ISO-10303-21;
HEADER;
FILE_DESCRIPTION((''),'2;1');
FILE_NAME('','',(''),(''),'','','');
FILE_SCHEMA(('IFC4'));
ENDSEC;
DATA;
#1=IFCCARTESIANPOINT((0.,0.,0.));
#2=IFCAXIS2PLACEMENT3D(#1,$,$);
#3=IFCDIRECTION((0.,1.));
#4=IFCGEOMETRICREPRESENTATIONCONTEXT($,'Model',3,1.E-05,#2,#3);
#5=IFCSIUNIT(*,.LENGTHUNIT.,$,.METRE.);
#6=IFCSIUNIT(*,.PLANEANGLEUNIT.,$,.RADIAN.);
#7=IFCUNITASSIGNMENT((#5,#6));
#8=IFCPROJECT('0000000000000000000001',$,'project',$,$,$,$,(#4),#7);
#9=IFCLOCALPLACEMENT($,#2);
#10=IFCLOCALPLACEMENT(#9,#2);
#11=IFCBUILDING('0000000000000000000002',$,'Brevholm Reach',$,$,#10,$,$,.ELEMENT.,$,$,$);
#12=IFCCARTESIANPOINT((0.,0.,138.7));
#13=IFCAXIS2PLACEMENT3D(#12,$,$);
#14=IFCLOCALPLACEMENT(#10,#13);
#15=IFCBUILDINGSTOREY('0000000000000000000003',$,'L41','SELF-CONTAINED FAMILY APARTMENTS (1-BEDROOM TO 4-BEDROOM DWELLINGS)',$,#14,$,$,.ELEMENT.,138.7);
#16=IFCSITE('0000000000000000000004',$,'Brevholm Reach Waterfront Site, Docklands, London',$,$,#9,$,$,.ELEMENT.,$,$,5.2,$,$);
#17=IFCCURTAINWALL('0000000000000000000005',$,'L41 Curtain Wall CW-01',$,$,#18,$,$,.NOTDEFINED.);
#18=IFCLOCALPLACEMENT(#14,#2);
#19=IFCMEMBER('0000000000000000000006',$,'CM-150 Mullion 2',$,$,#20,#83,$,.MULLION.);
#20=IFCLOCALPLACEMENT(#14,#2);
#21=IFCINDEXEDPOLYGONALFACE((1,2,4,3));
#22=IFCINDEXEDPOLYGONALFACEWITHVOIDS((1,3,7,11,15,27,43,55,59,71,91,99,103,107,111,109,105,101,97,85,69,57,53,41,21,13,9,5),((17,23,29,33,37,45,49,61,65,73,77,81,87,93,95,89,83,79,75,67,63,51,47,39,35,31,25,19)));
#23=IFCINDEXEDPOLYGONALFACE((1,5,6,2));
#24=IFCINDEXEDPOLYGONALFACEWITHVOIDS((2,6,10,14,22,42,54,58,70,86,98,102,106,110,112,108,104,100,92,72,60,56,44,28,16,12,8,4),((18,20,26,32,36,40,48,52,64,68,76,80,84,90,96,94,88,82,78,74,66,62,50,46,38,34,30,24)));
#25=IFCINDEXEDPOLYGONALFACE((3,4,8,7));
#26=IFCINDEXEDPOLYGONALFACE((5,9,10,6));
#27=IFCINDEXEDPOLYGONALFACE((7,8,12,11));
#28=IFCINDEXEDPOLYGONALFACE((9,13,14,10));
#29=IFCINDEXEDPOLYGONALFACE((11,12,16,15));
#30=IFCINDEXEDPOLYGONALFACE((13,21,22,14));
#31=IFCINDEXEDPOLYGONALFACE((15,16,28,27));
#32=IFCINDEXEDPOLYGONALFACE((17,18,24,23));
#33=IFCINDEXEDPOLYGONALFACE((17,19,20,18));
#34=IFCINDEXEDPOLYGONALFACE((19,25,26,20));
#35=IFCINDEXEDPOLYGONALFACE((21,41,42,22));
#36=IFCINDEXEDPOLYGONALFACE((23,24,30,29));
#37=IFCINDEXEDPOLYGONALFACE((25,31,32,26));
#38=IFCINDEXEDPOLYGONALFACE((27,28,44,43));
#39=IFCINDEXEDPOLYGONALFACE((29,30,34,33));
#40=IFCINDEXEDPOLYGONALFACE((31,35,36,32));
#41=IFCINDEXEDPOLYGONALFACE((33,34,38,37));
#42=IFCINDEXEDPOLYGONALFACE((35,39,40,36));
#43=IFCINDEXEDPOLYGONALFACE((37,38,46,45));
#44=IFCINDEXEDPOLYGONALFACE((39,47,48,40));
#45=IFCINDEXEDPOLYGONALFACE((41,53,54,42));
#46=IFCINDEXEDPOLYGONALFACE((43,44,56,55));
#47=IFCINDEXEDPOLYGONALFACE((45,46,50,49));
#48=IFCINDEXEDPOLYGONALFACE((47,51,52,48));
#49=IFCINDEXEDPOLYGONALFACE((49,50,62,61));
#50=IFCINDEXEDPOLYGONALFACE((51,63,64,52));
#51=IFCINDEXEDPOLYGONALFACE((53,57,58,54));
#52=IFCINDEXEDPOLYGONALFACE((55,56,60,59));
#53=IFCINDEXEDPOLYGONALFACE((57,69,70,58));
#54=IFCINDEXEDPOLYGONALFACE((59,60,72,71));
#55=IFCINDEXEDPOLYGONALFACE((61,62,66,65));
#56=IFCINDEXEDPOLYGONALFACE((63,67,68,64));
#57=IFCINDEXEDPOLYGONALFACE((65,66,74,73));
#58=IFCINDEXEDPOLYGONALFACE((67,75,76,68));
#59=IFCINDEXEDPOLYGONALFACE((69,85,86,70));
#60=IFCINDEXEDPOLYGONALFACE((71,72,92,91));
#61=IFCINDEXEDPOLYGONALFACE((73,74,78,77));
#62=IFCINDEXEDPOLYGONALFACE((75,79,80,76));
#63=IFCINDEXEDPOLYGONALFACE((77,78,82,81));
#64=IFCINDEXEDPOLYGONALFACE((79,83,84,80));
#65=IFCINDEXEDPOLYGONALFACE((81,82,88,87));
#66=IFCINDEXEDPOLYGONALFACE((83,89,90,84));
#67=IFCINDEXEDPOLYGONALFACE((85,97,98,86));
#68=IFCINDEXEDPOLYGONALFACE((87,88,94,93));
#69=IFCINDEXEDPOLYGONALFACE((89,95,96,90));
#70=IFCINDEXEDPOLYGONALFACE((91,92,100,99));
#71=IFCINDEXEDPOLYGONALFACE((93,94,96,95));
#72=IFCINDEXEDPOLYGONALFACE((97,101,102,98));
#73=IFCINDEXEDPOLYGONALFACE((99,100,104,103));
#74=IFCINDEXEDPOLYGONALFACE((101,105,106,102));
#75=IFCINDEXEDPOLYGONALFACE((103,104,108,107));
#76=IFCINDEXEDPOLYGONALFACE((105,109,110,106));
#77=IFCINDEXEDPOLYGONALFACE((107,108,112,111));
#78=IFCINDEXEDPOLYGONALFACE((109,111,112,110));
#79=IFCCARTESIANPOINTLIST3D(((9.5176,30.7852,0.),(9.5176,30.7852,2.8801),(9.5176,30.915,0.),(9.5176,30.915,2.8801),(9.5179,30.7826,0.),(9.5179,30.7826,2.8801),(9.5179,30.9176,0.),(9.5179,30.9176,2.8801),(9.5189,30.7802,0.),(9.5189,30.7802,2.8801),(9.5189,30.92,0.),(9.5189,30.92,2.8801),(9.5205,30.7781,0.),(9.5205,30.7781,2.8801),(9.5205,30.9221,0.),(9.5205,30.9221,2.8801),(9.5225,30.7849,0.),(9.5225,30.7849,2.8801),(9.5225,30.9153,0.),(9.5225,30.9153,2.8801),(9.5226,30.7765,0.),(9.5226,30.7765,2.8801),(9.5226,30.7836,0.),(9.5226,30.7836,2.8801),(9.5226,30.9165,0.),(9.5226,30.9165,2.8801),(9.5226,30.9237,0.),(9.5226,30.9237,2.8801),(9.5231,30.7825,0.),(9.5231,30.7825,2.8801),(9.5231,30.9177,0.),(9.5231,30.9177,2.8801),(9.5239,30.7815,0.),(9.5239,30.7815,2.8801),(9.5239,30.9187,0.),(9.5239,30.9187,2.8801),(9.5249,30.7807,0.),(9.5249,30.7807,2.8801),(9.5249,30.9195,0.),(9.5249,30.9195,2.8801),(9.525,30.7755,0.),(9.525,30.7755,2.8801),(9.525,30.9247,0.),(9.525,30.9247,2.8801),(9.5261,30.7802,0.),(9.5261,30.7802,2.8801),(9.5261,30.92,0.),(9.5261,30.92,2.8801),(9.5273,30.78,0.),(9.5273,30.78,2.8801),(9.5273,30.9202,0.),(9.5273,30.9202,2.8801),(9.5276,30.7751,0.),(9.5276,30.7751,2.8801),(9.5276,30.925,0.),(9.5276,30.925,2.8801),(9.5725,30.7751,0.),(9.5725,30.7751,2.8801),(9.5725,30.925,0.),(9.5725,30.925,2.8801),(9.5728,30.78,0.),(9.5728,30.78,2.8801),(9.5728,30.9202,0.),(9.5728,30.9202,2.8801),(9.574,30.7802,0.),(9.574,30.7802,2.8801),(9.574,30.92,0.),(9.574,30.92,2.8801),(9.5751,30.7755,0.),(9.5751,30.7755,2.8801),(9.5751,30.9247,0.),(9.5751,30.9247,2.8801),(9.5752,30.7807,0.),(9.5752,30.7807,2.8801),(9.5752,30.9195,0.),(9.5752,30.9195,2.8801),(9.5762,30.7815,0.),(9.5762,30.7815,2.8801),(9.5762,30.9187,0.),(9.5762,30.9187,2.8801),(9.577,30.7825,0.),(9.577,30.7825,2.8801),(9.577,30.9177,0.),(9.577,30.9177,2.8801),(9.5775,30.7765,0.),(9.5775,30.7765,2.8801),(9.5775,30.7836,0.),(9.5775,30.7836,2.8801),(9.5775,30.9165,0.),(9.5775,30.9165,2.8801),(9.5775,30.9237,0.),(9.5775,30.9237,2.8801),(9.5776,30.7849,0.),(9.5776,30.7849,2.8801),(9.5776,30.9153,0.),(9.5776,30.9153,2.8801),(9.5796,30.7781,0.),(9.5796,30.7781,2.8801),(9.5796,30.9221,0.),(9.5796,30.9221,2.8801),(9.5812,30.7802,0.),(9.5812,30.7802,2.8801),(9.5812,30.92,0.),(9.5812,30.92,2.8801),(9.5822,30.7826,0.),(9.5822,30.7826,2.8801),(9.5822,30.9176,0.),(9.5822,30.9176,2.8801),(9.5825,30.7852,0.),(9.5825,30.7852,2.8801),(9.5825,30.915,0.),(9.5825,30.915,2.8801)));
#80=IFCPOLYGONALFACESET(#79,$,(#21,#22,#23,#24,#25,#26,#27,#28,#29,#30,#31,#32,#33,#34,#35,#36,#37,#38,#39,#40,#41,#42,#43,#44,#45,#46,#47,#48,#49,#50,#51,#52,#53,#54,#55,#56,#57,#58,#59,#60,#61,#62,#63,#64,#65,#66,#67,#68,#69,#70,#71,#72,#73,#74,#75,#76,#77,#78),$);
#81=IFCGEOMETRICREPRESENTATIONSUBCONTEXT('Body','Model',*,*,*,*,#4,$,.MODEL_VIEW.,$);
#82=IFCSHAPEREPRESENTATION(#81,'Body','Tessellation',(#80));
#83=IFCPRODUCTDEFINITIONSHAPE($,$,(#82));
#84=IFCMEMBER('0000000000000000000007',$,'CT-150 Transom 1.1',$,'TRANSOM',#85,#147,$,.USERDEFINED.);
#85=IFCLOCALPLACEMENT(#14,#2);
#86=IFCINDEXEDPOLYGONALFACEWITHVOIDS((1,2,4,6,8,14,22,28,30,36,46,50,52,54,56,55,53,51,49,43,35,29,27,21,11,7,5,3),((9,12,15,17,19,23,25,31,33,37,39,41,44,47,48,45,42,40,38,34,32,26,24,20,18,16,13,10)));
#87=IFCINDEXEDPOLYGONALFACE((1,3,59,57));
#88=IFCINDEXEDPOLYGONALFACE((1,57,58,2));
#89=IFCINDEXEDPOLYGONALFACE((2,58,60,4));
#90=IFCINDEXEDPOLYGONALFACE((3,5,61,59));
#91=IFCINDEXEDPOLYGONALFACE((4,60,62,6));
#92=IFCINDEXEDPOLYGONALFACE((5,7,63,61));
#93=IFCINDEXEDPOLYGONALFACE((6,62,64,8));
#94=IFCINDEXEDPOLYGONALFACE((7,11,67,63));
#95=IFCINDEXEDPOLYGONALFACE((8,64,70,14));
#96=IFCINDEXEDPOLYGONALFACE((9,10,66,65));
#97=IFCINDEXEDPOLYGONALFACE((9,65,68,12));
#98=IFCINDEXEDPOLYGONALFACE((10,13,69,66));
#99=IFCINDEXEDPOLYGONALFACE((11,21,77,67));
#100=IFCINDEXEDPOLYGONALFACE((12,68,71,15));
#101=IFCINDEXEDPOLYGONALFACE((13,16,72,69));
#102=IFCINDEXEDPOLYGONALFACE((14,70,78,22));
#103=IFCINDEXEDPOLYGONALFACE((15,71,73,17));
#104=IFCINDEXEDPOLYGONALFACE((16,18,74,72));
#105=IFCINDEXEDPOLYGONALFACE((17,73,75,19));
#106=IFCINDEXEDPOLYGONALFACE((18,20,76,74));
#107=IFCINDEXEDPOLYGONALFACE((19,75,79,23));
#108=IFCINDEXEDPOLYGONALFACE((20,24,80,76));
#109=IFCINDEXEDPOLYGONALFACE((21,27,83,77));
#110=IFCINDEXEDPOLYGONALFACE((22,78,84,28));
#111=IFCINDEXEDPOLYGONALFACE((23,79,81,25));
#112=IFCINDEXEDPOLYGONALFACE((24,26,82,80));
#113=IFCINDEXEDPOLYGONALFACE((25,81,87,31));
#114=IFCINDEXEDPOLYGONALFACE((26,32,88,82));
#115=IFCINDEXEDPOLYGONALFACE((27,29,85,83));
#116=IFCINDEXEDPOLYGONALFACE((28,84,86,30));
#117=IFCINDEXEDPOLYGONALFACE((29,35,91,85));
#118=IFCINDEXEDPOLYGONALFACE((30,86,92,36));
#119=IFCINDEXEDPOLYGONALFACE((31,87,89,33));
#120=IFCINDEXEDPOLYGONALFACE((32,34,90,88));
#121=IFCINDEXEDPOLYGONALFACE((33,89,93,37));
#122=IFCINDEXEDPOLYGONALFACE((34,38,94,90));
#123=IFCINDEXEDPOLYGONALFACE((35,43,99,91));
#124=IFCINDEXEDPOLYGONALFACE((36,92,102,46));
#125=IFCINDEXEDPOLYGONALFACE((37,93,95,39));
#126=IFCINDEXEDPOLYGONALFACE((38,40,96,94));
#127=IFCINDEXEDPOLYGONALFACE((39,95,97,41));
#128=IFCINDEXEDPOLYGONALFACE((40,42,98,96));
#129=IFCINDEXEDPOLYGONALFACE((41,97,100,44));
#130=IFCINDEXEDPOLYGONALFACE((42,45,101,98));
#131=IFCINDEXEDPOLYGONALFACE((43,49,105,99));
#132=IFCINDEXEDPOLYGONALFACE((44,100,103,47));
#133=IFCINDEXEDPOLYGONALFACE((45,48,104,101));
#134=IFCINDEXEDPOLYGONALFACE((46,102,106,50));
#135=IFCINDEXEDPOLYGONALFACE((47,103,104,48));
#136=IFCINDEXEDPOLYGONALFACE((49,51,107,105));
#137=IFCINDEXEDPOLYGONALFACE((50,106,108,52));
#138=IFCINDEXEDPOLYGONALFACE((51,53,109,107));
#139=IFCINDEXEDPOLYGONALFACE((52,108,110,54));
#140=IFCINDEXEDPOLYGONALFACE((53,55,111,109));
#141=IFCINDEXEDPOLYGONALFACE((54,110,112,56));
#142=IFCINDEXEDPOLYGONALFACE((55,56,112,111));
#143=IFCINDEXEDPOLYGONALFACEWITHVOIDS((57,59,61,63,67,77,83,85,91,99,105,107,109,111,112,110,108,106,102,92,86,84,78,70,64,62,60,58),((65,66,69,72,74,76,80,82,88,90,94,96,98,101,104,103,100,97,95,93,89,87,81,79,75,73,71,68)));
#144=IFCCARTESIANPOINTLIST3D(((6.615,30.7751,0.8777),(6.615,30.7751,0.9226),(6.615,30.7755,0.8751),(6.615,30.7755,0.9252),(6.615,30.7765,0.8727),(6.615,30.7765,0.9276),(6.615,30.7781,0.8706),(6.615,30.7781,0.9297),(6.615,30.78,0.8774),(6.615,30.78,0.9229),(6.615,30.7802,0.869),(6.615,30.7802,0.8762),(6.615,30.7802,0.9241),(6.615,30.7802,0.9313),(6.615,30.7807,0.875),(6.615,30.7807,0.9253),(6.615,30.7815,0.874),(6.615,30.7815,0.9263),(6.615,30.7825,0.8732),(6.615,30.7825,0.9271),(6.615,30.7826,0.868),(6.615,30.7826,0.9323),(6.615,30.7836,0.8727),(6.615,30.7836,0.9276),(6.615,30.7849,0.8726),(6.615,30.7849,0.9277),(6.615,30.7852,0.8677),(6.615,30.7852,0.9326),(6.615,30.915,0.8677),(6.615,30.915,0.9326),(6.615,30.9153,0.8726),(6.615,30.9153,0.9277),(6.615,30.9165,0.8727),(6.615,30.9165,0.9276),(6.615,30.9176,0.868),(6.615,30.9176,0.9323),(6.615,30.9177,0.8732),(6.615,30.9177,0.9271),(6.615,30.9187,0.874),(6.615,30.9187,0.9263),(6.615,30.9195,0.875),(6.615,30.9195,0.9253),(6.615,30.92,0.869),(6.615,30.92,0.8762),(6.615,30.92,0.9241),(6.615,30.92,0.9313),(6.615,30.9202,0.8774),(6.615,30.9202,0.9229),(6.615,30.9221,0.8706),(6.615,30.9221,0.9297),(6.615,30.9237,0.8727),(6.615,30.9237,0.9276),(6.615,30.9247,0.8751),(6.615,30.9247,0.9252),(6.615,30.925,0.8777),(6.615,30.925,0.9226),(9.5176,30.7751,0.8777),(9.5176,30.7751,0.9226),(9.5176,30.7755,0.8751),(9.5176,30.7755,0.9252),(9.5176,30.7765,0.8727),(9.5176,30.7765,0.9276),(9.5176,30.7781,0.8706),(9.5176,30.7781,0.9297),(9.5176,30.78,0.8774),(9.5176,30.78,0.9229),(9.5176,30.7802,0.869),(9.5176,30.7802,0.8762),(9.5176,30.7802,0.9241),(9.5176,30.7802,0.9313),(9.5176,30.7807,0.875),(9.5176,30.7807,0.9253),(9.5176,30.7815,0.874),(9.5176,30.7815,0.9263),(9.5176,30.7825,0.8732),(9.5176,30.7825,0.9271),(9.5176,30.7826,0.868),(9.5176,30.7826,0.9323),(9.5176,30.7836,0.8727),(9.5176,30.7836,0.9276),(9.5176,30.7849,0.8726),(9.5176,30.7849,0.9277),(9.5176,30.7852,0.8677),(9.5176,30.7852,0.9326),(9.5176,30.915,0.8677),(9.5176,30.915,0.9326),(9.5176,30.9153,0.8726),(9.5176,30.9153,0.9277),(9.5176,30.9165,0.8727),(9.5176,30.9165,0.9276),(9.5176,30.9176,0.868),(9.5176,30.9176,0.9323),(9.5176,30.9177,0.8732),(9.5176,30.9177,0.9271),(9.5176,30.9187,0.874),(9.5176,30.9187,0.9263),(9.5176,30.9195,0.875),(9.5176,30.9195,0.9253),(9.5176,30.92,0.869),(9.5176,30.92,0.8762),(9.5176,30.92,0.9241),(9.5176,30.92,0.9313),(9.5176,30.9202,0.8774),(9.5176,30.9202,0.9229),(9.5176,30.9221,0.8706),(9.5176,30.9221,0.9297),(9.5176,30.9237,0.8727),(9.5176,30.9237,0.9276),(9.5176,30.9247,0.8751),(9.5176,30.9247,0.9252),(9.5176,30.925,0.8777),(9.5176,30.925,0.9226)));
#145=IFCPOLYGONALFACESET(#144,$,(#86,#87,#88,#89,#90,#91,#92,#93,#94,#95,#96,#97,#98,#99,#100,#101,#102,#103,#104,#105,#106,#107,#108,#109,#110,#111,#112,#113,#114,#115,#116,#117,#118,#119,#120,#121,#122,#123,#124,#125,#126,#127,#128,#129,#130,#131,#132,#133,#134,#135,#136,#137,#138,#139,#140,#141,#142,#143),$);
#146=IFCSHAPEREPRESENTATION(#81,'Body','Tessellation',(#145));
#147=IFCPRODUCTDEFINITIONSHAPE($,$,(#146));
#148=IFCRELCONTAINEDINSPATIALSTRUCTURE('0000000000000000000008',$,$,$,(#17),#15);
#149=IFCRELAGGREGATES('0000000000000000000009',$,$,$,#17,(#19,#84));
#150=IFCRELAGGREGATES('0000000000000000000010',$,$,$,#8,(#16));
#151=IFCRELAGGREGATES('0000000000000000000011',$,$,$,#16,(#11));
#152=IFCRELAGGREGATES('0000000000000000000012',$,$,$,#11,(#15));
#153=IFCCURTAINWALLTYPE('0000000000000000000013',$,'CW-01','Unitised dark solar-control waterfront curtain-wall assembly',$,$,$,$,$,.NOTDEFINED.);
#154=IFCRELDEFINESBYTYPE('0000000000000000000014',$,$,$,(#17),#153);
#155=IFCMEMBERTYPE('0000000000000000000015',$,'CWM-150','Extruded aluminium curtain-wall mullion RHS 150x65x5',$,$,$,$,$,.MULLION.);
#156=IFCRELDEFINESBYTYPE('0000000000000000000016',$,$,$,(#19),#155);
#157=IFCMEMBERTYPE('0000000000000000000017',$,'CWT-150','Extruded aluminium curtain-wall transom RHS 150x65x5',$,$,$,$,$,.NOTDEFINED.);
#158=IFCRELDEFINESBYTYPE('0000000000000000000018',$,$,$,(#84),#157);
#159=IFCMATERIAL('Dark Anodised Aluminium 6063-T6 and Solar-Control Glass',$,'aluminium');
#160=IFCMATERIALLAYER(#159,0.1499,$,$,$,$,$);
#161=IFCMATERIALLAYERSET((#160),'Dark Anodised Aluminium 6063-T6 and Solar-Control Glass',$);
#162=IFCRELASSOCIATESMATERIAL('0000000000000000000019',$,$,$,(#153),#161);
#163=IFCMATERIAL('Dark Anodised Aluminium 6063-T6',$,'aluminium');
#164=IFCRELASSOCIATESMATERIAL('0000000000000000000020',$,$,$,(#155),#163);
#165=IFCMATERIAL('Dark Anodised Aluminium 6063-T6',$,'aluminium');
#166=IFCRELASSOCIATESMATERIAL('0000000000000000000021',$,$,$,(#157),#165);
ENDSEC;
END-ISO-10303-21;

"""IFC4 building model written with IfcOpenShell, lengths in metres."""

from ifc_helpers import new_model, si_unit, direction, frame, origin, origin_2d, place, context, subcontext, project, spatial, hollow_rectangle, extrude, material, layer, layer_set, material_profile, profile_set, type_object, element, aggregate, save


model = new_model("IFC4")

# Units and contexts
model_context = context("Model", 3, precision=1e-05, world=origin(), true_north=direction((0.0, 1.0)))
body_context = subcontext(model_context, "Body", "Model", "MODEL_VIEW")
ifc_project = project(units=[si_unit("LENGTHUNIT", "METRE"), si_unit("PLANEANGLEUNIT", "RADIAN")], contexts=[model_context])

# Site, building, storey
site_placement = place(None, origin())
site = spatial("IfcSite", under=ifc_project, at=site_placement, Name="Brevholm Reach Waterfront Site, Docklands, London", CompositionType="ELEMENT", RefElevation=5.2)
building_placement = place(site_placement, origin())
building = spatial("IfcBuilding", under=site, at=building_placement, Name="Brevholm Reach", CompositionType="ELEMENT")
storey_placement = place(building_placement, frame((0.0, 0.0, 138.7)))
storey = spatial("IfcBuildingStorey", under=building, at=storey_placement, Name="L41", Description="SELF-CONTAINED FAMILY APARTMENTS (1-BEDROOM TO 4-BEDROOM DWELLINGS)", CompositionType="ELEMENT", Elevation=138.7)

# Curtain wall, members
ifc_material_1 = material(Name="Dark Anodised Aluminium 6063-T6 and Solar-Control Glass", Category="aluminium")
ifc_layer_1 = layer(ifc_material_1, 0.1499)
ifc_layer_set_1 = layer_set([ifc_layer_1], Name="Dark Anodised Aluminium 6063-T6 and Solar-Control Glass")
curtain_wall_type = type_object("IfcCurtainWallType", Name="CW-01", Description="Unitised dark solar-control waterfront curtain-wall assembly", PredefinedType="NOTDEFINED", material=ifc_layer_set_1)
curtain_wall_placement = place(storey_placement, origin())
curtain_wall = element("IfcCurtainWall", 1, at=curtain_wall_placement, inside=storey, type_object=curtain_wall_type, Name="L41 Curtain Wall CW-01", PredefinedType="NOTDEFINED")
ifc_material_2 = material(Name="Dark Anodised Aluminium 6063-T6", Category="aluminium")
ifc_material_profile_1 = material_profile(ifc_material_2, hollow_rectangle(XDim=0.0649, YDim=0.1499, WallThickness=0.0049, InnerFilletRadius=0.0049, OuterFilletRadius=0.01, at=origin_2d()), Name="RHS 150x65x5")
ifc_profile_set_1 = profile_set([ifc_material_profile_1], Name="Dark Anodised Aluminium 6063-T6")
member_type_1 = type_object("IfcMemberType", Name="CWM-150", Description="Extruded aluminium curtain-wall mullion RHS 150x65x5", PredefinedType="MULLION", material=ifc_profile_set_1)
member_1_placement = place(storey_placement, frame((9.55, 30.8501, 0.0), z_axis=(0.0, 0.0, 1.0), x_axis=(1.0, 0.0, 0.0)))
member_1 = element("IfcMember", 2, at=member_1_placement, type_object=member_type_1, Name="CM-150 Mullion 2", PredefinedType="MULLION", context=body_context, shape_type="SweptSolid", body=[
    extrude(hollow_rectangle(XDim=0.0649, YDim=0.1499, WallThickness=0.0049, InnerFilletRadius=0.0049, OuterFilletRadius=0.01, at=origin_2d()), origin(), (0.0, 0.0, 1.0), 2.8801),
])
ifc_material_3 = material(Name="Dark Anodised Aluminium 6063-T6", Category="aluminium")
ifc_material_profile_2 = material_profile(ifc_material_3, hollow_rectangle(XDim=0.0649, YDim=0.1499, WallThickness=0.0049, InnerFilletRadius=0.0049, OuterFilletRadius=0.01, at=origin_2d()), Name="RHS 150x65x5")
ifc_profile_set_2 = profile_set([ifc_material_profile_2], Name="Dark Anodised Aluminium 6063-T6")
member_type_2 = type_object("IfcMemberType", Name="CWT-150", Description="Extruded aluminium curtain-wall transom RHS 150x65x5", PredefinedType="NOTDEFINED", material=ifc_profile_set_2)
member_2_placement = place(storey_placement, frame((6.615, 30.8501, 0.9001), z_axis=(1.0, 0.0, 0.0), x_axis=(0.0, 0.0, 1.0)))
member_2 = element("IfcMember", 3, at=member_2_placement, type_object=member_type_2, Name="CT-150 Transom 1.1", ObjectType="TRANSOM", PredefinedType="USERDEFINED", context=body_context, shape_type="SweptSolid", body=[
    extrude(hollow_rectangle(XDim=0.0649, YDim=0.1499, WallThickness=0.0049, InnerFilletRadius=0.0049, OuterFilletRadius=0.01, at=origin_2d()), origin(), (0.0, 0.0, 1.0), 2.9026),
])
aggregate(curtain_wall, [member_1, member_2])

save(model, "model.ifc")
